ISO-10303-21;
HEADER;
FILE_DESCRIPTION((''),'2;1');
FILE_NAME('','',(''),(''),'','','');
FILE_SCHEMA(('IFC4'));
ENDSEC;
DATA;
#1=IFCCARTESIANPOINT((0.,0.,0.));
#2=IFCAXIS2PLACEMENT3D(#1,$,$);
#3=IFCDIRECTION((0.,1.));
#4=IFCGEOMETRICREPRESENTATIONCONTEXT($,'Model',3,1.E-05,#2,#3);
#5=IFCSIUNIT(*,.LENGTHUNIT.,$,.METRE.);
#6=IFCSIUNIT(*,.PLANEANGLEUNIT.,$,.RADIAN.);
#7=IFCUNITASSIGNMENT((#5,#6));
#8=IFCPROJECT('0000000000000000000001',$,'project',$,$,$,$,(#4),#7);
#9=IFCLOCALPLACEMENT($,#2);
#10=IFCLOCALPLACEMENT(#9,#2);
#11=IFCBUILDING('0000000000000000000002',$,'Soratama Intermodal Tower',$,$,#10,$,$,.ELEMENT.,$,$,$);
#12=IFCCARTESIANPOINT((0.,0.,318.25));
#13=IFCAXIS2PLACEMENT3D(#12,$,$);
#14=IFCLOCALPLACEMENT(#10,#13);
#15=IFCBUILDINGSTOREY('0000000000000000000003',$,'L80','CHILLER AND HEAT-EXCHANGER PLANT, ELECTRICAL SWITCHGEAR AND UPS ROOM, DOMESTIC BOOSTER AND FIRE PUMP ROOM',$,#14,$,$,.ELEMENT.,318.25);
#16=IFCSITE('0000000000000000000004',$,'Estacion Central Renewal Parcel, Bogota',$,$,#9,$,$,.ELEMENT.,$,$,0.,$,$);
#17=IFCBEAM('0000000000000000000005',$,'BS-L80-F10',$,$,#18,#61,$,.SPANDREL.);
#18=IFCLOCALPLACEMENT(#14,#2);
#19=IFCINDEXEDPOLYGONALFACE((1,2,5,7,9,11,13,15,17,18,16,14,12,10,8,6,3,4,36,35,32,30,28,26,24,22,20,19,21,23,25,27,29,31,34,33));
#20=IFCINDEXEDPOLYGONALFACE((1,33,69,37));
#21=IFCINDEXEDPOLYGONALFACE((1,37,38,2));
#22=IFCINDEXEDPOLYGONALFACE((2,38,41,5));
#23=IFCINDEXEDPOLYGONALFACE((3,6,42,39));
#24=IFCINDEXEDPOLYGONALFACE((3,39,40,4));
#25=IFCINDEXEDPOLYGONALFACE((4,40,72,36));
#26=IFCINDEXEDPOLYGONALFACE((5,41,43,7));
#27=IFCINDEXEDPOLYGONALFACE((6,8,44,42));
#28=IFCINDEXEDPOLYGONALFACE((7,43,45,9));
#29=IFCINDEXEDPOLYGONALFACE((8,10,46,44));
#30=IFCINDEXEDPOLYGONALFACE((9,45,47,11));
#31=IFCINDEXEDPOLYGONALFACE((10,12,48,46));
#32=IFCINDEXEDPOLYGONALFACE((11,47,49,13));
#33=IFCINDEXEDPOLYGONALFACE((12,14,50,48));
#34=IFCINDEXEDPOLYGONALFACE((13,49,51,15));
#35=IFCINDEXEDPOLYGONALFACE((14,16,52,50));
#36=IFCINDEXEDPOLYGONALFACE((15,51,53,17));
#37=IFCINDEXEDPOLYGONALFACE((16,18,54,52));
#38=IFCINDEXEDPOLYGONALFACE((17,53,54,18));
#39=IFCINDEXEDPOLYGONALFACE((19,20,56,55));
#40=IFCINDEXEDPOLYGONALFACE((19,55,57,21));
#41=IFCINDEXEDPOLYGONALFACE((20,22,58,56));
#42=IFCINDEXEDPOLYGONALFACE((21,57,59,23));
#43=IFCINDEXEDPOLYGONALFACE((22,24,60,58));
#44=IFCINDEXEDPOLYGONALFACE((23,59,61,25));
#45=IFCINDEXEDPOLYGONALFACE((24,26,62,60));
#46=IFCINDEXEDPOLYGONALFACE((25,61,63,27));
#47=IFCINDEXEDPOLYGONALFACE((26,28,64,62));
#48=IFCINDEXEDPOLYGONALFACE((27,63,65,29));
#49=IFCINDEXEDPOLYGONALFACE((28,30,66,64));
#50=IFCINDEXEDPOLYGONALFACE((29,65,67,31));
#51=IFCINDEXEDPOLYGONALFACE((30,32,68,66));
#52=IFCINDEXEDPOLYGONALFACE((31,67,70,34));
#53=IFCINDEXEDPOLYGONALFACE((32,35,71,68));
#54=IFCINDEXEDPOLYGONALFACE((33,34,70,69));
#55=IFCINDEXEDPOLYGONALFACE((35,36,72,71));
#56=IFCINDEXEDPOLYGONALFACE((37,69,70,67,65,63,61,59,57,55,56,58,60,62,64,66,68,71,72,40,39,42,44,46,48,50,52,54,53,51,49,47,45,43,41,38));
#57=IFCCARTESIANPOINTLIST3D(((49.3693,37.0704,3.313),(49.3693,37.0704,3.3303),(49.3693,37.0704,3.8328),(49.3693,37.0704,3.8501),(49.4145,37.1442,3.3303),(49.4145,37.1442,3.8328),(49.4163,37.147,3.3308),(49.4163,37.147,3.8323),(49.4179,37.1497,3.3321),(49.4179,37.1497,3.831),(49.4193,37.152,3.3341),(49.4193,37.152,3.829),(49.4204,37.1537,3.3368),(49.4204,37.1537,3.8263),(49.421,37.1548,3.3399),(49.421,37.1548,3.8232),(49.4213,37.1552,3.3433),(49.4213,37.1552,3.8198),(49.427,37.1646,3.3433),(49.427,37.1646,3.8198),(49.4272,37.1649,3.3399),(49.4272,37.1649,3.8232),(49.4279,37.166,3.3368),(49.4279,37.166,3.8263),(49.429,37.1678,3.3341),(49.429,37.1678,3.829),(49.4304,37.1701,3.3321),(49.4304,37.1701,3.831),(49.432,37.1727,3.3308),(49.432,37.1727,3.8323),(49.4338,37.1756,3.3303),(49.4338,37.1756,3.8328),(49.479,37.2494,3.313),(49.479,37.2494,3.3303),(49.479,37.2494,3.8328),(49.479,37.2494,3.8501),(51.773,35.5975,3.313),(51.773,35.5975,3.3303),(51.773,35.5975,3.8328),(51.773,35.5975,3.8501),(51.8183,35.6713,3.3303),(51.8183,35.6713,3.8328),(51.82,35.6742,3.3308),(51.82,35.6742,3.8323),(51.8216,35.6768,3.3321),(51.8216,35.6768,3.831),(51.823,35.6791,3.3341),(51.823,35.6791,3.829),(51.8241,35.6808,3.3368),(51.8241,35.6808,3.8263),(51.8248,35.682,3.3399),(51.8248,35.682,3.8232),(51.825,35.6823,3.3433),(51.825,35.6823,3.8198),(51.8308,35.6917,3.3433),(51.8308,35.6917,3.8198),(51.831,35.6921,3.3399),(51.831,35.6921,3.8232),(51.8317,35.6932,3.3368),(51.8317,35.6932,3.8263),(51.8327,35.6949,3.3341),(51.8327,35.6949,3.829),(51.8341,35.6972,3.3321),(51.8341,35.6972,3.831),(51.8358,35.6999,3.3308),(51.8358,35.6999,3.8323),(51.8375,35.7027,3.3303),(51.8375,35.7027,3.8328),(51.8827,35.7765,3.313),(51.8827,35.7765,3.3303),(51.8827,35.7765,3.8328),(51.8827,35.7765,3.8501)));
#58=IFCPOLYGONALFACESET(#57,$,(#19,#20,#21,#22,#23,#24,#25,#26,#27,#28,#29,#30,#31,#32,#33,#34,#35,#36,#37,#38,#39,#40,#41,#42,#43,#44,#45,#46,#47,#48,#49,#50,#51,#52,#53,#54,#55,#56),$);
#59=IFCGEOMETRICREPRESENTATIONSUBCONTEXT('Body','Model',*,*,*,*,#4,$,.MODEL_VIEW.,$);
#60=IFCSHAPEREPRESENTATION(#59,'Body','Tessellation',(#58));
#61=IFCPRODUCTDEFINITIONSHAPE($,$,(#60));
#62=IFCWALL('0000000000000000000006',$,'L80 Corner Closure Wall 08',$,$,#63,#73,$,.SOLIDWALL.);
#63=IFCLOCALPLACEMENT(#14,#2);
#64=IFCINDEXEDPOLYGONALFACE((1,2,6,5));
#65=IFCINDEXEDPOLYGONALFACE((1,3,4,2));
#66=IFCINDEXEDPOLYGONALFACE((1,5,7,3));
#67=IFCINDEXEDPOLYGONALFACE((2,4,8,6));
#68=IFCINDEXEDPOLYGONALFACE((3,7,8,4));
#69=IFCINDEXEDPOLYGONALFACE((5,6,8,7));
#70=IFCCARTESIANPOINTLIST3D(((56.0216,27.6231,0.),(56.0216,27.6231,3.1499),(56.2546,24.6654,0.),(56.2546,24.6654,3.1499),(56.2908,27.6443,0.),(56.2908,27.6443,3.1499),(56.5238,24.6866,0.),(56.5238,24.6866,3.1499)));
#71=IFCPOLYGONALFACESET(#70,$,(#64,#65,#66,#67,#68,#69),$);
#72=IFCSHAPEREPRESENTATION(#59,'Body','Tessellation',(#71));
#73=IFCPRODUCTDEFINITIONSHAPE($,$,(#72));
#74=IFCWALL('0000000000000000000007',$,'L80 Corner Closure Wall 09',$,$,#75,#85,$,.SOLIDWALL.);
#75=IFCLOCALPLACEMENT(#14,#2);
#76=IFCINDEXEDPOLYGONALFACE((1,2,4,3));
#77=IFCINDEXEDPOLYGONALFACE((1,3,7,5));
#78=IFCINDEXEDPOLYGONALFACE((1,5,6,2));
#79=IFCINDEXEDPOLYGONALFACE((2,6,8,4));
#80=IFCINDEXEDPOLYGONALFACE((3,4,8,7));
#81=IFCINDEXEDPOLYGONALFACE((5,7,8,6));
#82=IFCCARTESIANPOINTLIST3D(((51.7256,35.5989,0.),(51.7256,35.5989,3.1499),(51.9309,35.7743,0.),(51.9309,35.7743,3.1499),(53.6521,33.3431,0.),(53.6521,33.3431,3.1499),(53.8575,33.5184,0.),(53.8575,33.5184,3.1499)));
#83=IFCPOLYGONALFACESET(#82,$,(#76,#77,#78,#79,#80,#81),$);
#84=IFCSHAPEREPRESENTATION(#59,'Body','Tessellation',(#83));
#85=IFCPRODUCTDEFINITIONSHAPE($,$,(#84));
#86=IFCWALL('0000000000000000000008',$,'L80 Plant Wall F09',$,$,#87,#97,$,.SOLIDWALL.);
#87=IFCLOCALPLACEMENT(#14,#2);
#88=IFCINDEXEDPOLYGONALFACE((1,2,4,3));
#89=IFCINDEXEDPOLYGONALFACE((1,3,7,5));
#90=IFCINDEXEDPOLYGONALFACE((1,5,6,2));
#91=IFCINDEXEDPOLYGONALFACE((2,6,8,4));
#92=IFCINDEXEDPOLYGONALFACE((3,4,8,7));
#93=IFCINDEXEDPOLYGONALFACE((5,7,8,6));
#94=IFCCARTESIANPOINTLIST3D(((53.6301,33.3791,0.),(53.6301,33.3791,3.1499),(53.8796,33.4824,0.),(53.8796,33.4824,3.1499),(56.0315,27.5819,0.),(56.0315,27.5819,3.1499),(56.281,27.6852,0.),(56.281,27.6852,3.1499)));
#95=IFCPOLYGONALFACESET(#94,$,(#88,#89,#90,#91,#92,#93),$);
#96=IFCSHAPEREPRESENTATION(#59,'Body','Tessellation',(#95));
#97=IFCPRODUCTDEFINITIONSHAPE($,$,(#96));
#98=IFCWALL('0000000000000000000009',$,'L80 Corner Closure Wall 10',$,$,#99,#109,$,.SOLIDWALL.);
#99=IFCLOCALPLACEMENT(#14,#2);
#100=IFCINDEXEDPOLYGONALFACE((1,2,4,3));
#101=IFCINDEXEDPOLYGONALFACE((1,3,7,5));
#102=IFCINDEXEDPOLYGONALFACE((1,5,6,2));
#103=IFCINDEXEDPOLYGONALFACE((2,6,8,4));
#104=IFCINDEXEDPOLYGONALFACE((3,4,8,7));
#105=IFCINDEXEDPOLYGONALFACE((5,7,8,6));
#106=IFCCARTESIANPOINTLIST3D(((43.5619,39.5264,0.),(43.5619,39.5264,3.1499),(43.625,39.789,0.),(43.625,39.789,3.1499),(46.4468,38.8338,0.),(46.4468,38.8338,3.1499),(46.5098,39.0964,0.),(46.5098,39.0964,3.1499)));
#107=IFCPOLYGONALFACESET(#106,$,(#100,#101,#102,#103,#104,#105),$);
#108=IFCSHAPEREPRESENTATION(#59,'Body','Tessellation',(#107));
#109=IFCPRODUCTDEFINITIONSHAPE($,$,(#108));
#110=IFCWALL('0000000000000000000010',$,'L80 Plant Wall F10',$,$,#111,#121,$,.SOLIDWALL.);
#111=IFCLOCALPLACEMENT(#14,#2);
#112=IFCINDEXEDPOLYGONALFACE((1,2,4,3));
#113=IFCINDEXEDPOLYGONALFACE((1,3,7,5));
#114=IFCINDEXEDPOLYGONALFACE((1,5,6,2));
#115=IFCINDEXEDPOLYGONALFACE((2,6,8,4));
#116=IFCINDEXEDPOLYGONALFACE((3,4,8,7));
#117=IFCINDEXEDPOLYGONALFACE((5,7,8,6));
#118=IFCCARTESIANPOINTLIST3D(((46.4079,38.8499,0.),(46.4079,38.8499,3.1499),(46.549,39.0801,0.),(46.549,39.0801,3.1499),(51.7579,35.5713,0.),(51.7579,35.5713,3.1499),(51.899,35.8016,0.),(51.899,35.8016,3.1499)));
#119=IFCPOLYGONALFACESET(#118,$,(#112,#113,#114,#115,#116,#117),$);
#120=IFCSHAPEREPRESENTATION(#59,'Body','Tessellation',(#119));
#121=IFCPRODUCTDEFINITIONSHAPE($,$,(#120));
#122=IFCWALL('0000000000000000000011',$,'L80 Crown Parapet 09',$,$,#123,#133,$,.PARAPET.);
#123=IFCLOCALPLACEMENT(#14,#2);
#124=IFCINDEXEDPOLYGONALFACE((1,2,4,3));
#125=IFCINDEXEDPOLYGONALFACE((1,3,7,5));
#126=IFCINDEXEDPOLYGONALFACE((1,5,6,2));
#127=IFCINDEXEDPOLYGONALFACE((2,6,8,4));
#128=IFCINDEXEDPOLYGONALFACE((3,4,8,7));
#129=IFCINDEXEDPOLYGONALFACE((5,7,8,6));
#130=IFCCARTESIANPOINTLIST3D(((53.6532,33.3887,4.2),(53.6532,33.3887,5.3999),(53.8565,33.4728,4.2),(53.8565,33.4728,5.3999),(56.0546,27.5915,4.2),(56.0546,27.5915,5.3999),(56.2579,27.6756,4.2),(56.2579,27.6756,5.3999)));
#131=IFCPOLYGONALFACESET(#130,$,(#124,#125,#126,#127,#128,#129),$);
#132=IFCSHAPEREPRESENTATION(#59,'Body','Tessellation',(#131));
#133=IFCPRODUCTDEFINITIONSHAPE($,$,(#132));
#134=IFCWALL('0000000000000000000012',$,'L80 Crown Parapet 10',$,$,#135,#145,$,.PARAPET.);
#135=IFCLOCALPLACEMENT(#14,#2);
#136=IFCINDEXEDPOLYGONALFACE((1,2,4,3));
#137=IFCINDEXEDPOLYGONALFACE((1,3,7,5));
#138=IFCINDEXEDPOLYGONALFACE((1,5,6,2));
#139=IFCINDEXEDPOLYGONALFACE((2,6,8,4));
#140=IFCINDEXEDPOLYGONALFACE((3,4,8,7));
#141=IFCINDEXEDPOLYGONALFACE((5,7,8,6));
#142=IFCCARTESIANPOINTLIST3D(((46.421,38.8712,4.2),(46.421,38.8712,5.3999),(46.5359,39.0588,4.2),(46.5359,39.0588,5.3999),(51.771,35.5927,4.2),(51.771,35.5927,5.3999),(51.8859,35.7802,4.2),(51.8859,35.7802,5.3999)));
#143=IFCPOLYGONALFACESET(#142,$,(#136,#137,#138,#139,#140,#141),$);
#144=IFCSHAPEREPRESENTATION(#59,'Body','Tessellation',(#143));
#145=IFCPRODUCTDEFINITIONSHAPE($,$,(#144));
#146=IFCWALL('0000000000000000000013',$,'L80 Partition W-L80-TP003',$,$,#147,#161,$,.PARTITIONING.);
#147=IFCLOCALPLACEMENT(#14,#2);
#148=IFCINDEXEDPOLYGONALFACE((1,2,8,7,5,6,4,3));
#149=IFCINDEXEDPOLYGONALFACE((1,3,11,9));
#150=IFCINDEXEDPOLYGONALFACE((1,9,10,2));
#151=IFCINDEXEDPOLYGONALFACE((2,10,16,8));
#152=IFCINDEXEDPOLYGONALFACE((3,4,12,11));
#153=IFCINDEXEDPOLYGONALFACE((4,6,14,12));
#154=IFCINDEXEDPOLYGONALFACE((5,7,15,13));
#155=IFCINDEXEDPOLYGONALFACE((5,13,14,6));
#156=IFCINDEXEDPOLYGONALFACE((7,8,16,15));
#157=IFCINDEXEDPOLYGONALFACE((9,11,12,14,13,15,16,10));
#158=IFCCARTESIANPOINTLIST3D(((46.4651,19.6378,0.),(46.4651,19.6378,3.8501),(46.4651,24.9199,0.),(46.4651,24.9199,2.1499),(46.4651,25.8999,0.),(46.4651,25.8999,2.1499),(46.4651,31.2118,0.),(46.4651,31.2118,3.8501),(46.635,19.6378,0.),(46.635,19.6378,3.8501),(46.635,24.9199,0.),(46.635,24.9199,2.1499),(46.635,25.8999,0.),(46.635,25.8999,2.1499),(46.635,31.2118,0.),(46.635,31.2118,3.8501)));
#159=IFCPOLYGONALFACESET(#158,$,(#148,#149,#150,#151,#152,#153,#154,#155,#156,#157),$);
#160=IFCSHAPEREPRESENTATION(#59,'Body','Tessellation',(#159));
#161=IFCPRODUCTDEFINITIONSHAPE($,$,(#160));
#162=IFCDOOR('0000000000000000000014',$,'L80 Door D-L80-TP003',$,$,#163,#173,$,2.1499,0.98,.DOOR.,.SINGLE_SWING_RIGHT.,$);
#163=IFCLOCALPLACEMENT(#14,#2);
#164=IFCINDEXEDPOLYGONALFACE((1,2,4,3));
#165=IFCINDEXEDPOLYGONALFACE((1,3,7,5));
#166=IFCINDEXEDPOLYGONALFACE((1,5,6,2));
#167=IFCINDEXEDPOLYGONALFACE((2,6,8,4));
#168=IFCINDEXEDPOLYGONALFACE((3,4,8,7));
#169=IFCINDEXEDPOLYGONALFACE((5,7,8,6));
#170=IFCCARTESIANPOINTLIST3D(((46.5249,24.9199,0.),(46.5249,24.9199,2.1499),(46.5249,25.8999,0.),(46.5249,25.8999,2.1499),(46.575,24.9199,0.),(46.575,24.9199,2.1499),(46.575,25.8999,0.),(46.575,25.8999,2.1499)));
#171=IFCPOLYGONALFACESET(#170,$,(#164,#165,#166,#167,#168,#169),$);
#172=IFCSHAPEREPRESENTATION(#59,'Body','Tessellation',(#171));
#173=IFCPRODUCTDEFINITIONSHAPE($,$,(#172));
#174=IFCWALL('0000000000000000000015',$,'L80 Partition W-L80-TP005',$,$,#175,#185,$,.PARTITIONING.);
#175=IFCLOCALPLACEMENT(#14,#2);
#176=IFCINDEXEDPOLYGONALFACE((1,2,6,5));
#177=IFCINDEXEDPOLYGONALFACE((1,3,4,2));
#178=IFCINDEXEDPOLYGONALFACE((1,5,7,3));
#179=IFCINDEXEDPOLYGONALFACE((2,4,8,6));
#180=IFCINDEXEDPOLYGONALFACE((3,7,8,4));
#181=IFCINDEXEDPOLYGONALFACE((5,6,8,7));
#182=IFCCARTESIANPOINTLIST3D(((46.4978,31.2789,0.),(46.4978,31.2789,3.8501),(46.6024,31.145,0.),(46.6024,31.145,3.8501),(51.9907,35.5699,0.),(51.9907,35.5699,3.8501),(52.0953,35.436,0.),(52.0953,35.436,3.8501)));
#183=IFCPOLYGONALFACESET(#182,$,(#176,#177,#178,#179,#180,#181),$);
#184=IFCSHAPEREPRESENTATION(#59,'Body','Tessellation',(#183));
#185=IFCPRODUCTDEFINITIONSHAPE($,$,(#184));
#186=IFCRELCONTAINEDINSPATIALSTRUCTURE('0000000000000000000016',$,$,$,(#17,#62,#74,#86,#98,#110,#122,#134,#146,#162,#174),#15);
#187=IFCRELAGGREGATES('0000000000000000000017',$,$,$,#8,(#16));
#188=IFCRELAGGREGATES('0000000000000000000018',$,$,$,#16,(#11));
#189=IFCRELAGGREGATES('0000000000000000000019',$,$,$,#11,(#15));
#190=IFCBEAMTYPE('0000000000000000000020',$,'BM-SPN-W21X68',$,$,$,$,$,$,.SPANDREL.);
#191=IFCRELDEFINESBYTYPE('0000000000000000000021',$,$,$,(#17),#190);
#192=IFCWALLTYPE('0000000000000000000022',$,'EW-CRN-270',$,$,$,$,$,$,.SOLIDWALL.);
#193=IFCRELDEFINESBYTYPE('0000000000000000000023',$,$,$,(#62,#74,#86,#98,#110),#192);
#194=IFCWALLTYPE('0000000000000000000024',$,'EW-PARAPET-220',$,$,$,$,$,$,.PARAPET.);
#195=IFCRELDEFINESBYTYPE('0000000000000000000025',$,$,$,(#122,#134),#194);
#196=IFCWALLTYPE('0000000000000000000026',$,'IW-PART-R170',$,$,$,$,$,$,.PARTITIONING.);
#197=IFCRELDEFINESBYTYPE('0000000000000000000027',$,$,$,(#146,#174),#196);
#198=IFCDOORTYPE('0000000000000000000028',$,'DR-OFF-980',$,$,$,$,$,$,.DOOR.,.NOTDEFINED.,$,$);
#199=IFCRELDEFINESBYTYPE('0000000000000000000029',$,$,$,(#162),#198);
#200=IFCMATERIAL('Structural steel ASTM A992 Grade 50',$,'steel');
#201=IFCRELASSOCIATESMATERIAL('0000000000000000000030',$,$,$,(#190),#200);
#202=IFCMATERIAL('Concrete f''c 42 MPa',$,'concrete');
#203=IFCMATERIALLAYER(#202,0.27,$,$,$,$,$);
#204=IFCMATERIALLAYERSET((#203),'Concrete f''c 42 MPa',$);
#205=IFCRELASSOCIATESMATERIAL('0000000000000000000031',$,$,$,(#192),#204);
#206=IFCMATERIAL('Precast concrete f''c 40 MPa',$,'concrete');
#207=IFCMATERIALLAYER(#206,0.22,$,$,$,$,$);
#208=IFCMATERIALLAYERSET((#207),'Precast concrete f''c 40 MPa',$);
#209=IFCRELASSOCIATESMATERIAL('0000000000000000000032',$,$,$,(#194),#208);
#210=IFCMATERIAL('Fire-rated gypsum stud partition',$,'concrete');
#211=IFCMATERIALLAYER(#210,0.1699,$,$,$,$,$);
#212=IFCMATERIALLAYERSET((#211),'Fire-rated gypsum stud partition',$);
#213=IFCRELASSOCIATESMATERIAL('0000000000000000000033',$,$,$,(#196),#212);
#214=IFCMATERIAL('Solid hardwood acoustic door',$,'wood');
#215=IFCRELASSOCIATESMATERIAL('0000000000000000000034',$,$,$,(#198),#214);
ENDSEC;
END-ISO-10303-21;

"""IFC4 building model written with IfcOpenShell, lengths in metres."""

from ifc_helpers import new_model, si_unit, direction, frame, frame_2d, origin, origin_2d, place, context, subcontext, project, spatial, rectangle, i_section, extrude, material, layer, layer_set, material_profile, profile_set, type_object, element, fill, save


model = new_model("IFC4")

# Units and contexts
model_context = context("Model", 3, precision=1e-05, world=origin(), true_north=direction((0.0, 1.0)))
body_context = subcontext(model_context, "Body", "Model", "MODEL_VIEW")
ifc_project = project(units=[si_unit("LENGTHUNIT", "METRE"), si_unit("PLANEANGLEUNIT", "RADIAN")], contexts=[model_context])

# Site, building, storey
site_placement = place(None, origin())
site = spatial("IfcSite", under=ifc_project, at=site_placement, Name="Estacion Central Renewal Parcel, Bogota", CompositionType="ELEMENT", RefElevation=0.0)
building_placement = place(site_placement, origin())
building = spatial("IfcBuilding", under=site, at=building_placement, Name="Soratama Intermodal Tower", CompositionType="ELEMENT")
storey_placement = place(building_placement, frame((0.0, 0.0, 318.25)))
storey = spatial("IfcBuildingStorey", under=building, at=storey_placement, Name="L80", Description="CHILLER AND HEAT-EXCHANGER PLANT, ELECTRICAL SWITCHGEAR AND UPS ROOM, DOMESTIC BOOSTER AND FIRE PUMP ROOM", CompositionType="ELEMENT", Elevation=318.25)

# Beam
ifc_material_1 = material(Name="Structural steel ASTM A992 Grade 50", Category="steel")
ifc_material_profile_1 = material_profile(ifc_material_1, i_section(OverallWidth=0.21, OverallDepth=0.5371, WebThickness=0.011, FlangeThickness=0.0173, FilletRadius=0.0129, at=origin_2d()), Name="W21X68")
ifc_profile_set_1 = profile_set([ifc_material_profile_1], Name="Structural steel ASTM A992 Grade 50")
beam_type_1 = type_object("IfcBeamType", Name="BM-SPN-W21X68", PredefinedType="SPANDREL", material=ifc_profile_set_1)
beam_1_placement = place(storey_placement, frame((51.8279, 35.687, 3.5815), z_axis=(-0.852665, 0.522458, 0.0), x_axis=(-0.522458, -0.852665, 0.0)))
element("IfcBeam", 1, at=beam_1_placement, inside=storey, type_object=beam_type_1, Name="BS-L80-F10", PredefinedType="SPANDREL", context=body_context, shape_type="SweptSolid", body=[
    extrude(i_section(OverallWidth=0.21, OverallDepth=0.5371, WebThickness=0.011, FlangeThickness=0.0173, FilletRadius=0.0129, at=origin_2d()), origin(), (0.0, 0.0, 1.0), 2.8191),
])

# Walls
ifc_material_2 = material(Name="Concrete f'c 42 MPa", Category="concrete")
ifc_layer_1 = layer(ifc_material_2, 0.27)
ifc_layer_set_1 = layer_set([ifc_layer_1], Name="Concrete f'c 42 MPa")
wall_type_1 = type_object("IfcWallType", Name="EW-CRN-270", PredefinedType="SOLIDWALL", material=ifc_layer_set_1)
wall_1_placement = place(storey_placement, frame((56.3892, 24.676, 0.0), z_axis=(0.0, 0.0, 1.0), x_axis=(-0.078509, 0.996913, 0.0)))
element("IfcWall", 2, at=wall_1_placement, inside=storey, type_object=wall_type_1, Name="L80 Corner Closure Wall 08", PredefinedType="SOLIDWALL", context=body_context, shape_type="SweptSolid", body=[
    extrude(rectangle(XDim=2.9668, YDim=0.27, at=frame_2d((1.4834, 0.0))), origin(), (0.0, 0.0, 1.0), 3.1499),
])
wall_2_placement = place(storey_placement, frame((53.7549, 33.4307, 0.0), z_axis=(0.0, 0.0, 1.0), x_axis=(-0.649414, 0.760435, 0.0)))
element("IfcWall", 3, at=wall_2_placement, inside=storey, type_object=wall_type_1, Name="L80 Corner Closure Wall 09", PredefinedType="SOLIDWALL", context=body_context, shape_type="SweptSolid", body=[
    extrude(rectangle(XDim=2.9666, YDim=0.27, at=frame_2d((1.4834, 0.0))), origin(), (0.0, 0.0, 1.0), 3.1499),
])
wall_3_placement = place(storey_placement, frame((56.1562, 27.6335, 0.0), z_axis=(0.0, 0.0, 1.0), x_axis=(-0.3827, 0.923873, 0.0)))
element("IfcWall", 4, at=wall_3_placement, inside=storey, type_object=wall_type_1, Name="L80 Plant Wall F09", PredefinedType="SOLIDWALL", context=body_context, shape_type="SweptSolid", body=[
    extrude(rectangle(XDim=6.2749, YDim=0.27, at=frame_2d((3.1375, 0.0))), origin(), (0.0, 0.0, 1.0), 3.1499),
])
wall_4_placement = place(storey_placement, frame((46.4783, 38.9651, 0.0), z_axis=(0.0, 0.0, 1.0), x_axis=(-0.972366, 0.233463, 0.0)))
element("IfcWall", 5, at=wall_4_placement, inside=storey, type_object=wall_type_1, Name="L80 Corner Closure Wall 10", PredefinedType="SOLIDWALL", context=body_context, shape_type="SweptSolid", body=[
    extrude(rectangle(XDim=2.9668, YDim=0.27, at=frame_2d((1.4834, 0.0))), origin(), (0.0, 0.0, 1.0), 3.1499),
])
wall_5_placement = place(storey_placement, frame((51.8284, 35.6865, 0.0), z_axis=(0.0, 0.0, 1.0), x_axis=(-0.852639, 0.522501, 0.0)))
element("IfcWall", 6, at=wall_5_placement, inside=storey, type_object=wall_type_1, Name="L80 Plant Wall F10", PredefinedType="SOLIDWALL", context=body_context, shape_type="SweptSolid", body=[
    extrude(rectangle(XDim=6.2747, YDim=0.27, at=frame_2d((3.1372, 0.0))), origin(), (0.0, 0.0, 1.0), 3.1499),
])
ifc_material_3 = material(Name="Precast concrete f'c 40 MPa", Category="concrete")
ifc_layer_2 = layer(ifc_material_3, 0.22)
ifc_layer_set_2 = layer_set([ifc_layer_2], Name="Precast concrete f'c 40 MPa")
wall_type_2 = type_object("IfcWallType", Name="EW-PARAPET-220", PredefinedType="PARAPET", material=ifc_layer_set_2)
wall_6_placement = place(storey_placement, frame((56.1562, 27.6335, 4.2), z_axis=(0.0, 0.0, 1.0), x_axis=(-0.3827, 0.923873, 0.0)))
element("IfcWall", 7, at=wall_6_placement, inside=storey, type_object=wall_type_2, Name="L80 Crown Parapet 09", PredefinedType="PARAPET", context=body_context, shape_type="SweptSolid", body=[
    extrude(rectangle(XDim=6.2749, YDim=0.22, at=frame_2d((3.1375, 0.0))), origin(), (0.0, 0.0, 1.0), 1.2),
])
wall_7_placement = place(storey_placement, frame((51.8284, 35.6865, 4.2), z_axis=(0.0, 0.0, 1.0), x_axis=(-0.852639, 0.522501, 0.0)))
element("IfcWall", 8, at=wall_7_placement, inside=storey, type_object=wall_type_2, Name="L80 Crown Parapet 10", PredefinedType="PARAPET", context=body_context, shape_type="SweptSolid", body=[
    extrude(rectangle(XDim=6.2747, YDim=0.22, at=frame_2d((3.1372, 0.0))), origin(), (0.0, 0.0, 1.0), 1.2),
])

# Wall, opening, door
ifc_material_4 = material(Name="Fire-rated gypsum stud partition", Category="concrete")
ifc_layer_3 = layer(ifc_material_4, 0.1699)
ifc_layer_set_3 = layer_set([ifc_layer_3], Name="Fire-rated gypsum stud partition")
wall_type_3 = type_object("IfcWallType", Name="IW-PART-R170", PredefinedType="PARTITIONING", material=ifc_layer_set_3)
wall_8_placement = place(storey_placement, frame((46.55, 31.2119, 0.0), z_axis=(0.0, 0.0, 1.0), x_axis=(0.0, -1.0, 0.0)))
wall_8 = element("IfcWall", 9, at=wall_8_placement, inside=storey, type_object=wall_type_3, Name="L80 Partition W-L80-TP003", PredefinedType="PARTITIONING", context=body_context, shape_type="SweptSolid", body=[
    extrude(rectangle(XDim=11.574, YDim=0.1699, at=frame_2d((5.7871, 0.0))), origin(), (0.0, 0.0, 1.0), 3.8501),
])
opening_placement = place(wall_8_placement, frame((5.312, 0.0, 0.0)))
opening = element("IfcOpeningElement", 10, at=opening_placement, cuts=wall_8, PredefinedType="OPENING", context=body_context, shape_type="SweptSolid", body=[
    extrude(rectangle(XDim=0.98, YDim=2.1499, at=frame_2d((0.49, 1.075))), frame((0.0, 0.095, 0.0), z_axis=(0.0, -1.0, 0.0), x_axis=(1.0, 0.0, 0.0)), (0.0, 0.0, 1.0), 0.1899),
])
ifc_material_5 = material(Name="Solid hardwood acoustic door", Category="wood")
door_type = type_object("IfcDoorType", Name="DR-OFF-980", OperationType="NOTDEFINED", PredefinedType="DOOR", material=ifc_material_5)
door_placement = place(opening_placement, origin())
door = element("IfcDoor", 11, at=door_placement, inside=storey, type_object=door_type, Name="L80 Door D-L80-TP003", OperationType="SINGLE_SWING_RIGHT", OverallHeight=2.1499, OverallWidth=0.98, PredefinedType="DOOR", context=body_context, shape_type="SweptSolid", body=[
    extrude(rectangle(XDim=0.98, YDim=2.1499, at=frame_2d((0.49, 1.075))), frame((0.0, 0.0249, 0.0), z_axis=(0.0, -1.0, 0.0), x_axis=(1.0, 0.0, 0.0)), (0.0, 0.0, 1.0), 0.05),
])
fill(opening, door)

# Wall
wall_9_placement = place(storey_placement, frame((52.043, 35.5029, 0.0), z_axis=(0.0, 0.0, 1.0), x_axis=(-0.788047, -0.615615, 0.0)))
element("IfcWall", 12, at=wall_9_placement, inside=storey, type_object=wall_type_3, Name="L80 Partition W-L80-TP005", PredefinedType="PARTITIONING", context=body_context, shape_type="SweptSolid", body=[
    extrude(rectangle(XDim=6.9702, YDim=0.1699, at=frame_2d((3.4851, 0.0))), origin(), (0.0, 0.0, 1.0), 3.8501),
])

save(model, "model.ifc")
